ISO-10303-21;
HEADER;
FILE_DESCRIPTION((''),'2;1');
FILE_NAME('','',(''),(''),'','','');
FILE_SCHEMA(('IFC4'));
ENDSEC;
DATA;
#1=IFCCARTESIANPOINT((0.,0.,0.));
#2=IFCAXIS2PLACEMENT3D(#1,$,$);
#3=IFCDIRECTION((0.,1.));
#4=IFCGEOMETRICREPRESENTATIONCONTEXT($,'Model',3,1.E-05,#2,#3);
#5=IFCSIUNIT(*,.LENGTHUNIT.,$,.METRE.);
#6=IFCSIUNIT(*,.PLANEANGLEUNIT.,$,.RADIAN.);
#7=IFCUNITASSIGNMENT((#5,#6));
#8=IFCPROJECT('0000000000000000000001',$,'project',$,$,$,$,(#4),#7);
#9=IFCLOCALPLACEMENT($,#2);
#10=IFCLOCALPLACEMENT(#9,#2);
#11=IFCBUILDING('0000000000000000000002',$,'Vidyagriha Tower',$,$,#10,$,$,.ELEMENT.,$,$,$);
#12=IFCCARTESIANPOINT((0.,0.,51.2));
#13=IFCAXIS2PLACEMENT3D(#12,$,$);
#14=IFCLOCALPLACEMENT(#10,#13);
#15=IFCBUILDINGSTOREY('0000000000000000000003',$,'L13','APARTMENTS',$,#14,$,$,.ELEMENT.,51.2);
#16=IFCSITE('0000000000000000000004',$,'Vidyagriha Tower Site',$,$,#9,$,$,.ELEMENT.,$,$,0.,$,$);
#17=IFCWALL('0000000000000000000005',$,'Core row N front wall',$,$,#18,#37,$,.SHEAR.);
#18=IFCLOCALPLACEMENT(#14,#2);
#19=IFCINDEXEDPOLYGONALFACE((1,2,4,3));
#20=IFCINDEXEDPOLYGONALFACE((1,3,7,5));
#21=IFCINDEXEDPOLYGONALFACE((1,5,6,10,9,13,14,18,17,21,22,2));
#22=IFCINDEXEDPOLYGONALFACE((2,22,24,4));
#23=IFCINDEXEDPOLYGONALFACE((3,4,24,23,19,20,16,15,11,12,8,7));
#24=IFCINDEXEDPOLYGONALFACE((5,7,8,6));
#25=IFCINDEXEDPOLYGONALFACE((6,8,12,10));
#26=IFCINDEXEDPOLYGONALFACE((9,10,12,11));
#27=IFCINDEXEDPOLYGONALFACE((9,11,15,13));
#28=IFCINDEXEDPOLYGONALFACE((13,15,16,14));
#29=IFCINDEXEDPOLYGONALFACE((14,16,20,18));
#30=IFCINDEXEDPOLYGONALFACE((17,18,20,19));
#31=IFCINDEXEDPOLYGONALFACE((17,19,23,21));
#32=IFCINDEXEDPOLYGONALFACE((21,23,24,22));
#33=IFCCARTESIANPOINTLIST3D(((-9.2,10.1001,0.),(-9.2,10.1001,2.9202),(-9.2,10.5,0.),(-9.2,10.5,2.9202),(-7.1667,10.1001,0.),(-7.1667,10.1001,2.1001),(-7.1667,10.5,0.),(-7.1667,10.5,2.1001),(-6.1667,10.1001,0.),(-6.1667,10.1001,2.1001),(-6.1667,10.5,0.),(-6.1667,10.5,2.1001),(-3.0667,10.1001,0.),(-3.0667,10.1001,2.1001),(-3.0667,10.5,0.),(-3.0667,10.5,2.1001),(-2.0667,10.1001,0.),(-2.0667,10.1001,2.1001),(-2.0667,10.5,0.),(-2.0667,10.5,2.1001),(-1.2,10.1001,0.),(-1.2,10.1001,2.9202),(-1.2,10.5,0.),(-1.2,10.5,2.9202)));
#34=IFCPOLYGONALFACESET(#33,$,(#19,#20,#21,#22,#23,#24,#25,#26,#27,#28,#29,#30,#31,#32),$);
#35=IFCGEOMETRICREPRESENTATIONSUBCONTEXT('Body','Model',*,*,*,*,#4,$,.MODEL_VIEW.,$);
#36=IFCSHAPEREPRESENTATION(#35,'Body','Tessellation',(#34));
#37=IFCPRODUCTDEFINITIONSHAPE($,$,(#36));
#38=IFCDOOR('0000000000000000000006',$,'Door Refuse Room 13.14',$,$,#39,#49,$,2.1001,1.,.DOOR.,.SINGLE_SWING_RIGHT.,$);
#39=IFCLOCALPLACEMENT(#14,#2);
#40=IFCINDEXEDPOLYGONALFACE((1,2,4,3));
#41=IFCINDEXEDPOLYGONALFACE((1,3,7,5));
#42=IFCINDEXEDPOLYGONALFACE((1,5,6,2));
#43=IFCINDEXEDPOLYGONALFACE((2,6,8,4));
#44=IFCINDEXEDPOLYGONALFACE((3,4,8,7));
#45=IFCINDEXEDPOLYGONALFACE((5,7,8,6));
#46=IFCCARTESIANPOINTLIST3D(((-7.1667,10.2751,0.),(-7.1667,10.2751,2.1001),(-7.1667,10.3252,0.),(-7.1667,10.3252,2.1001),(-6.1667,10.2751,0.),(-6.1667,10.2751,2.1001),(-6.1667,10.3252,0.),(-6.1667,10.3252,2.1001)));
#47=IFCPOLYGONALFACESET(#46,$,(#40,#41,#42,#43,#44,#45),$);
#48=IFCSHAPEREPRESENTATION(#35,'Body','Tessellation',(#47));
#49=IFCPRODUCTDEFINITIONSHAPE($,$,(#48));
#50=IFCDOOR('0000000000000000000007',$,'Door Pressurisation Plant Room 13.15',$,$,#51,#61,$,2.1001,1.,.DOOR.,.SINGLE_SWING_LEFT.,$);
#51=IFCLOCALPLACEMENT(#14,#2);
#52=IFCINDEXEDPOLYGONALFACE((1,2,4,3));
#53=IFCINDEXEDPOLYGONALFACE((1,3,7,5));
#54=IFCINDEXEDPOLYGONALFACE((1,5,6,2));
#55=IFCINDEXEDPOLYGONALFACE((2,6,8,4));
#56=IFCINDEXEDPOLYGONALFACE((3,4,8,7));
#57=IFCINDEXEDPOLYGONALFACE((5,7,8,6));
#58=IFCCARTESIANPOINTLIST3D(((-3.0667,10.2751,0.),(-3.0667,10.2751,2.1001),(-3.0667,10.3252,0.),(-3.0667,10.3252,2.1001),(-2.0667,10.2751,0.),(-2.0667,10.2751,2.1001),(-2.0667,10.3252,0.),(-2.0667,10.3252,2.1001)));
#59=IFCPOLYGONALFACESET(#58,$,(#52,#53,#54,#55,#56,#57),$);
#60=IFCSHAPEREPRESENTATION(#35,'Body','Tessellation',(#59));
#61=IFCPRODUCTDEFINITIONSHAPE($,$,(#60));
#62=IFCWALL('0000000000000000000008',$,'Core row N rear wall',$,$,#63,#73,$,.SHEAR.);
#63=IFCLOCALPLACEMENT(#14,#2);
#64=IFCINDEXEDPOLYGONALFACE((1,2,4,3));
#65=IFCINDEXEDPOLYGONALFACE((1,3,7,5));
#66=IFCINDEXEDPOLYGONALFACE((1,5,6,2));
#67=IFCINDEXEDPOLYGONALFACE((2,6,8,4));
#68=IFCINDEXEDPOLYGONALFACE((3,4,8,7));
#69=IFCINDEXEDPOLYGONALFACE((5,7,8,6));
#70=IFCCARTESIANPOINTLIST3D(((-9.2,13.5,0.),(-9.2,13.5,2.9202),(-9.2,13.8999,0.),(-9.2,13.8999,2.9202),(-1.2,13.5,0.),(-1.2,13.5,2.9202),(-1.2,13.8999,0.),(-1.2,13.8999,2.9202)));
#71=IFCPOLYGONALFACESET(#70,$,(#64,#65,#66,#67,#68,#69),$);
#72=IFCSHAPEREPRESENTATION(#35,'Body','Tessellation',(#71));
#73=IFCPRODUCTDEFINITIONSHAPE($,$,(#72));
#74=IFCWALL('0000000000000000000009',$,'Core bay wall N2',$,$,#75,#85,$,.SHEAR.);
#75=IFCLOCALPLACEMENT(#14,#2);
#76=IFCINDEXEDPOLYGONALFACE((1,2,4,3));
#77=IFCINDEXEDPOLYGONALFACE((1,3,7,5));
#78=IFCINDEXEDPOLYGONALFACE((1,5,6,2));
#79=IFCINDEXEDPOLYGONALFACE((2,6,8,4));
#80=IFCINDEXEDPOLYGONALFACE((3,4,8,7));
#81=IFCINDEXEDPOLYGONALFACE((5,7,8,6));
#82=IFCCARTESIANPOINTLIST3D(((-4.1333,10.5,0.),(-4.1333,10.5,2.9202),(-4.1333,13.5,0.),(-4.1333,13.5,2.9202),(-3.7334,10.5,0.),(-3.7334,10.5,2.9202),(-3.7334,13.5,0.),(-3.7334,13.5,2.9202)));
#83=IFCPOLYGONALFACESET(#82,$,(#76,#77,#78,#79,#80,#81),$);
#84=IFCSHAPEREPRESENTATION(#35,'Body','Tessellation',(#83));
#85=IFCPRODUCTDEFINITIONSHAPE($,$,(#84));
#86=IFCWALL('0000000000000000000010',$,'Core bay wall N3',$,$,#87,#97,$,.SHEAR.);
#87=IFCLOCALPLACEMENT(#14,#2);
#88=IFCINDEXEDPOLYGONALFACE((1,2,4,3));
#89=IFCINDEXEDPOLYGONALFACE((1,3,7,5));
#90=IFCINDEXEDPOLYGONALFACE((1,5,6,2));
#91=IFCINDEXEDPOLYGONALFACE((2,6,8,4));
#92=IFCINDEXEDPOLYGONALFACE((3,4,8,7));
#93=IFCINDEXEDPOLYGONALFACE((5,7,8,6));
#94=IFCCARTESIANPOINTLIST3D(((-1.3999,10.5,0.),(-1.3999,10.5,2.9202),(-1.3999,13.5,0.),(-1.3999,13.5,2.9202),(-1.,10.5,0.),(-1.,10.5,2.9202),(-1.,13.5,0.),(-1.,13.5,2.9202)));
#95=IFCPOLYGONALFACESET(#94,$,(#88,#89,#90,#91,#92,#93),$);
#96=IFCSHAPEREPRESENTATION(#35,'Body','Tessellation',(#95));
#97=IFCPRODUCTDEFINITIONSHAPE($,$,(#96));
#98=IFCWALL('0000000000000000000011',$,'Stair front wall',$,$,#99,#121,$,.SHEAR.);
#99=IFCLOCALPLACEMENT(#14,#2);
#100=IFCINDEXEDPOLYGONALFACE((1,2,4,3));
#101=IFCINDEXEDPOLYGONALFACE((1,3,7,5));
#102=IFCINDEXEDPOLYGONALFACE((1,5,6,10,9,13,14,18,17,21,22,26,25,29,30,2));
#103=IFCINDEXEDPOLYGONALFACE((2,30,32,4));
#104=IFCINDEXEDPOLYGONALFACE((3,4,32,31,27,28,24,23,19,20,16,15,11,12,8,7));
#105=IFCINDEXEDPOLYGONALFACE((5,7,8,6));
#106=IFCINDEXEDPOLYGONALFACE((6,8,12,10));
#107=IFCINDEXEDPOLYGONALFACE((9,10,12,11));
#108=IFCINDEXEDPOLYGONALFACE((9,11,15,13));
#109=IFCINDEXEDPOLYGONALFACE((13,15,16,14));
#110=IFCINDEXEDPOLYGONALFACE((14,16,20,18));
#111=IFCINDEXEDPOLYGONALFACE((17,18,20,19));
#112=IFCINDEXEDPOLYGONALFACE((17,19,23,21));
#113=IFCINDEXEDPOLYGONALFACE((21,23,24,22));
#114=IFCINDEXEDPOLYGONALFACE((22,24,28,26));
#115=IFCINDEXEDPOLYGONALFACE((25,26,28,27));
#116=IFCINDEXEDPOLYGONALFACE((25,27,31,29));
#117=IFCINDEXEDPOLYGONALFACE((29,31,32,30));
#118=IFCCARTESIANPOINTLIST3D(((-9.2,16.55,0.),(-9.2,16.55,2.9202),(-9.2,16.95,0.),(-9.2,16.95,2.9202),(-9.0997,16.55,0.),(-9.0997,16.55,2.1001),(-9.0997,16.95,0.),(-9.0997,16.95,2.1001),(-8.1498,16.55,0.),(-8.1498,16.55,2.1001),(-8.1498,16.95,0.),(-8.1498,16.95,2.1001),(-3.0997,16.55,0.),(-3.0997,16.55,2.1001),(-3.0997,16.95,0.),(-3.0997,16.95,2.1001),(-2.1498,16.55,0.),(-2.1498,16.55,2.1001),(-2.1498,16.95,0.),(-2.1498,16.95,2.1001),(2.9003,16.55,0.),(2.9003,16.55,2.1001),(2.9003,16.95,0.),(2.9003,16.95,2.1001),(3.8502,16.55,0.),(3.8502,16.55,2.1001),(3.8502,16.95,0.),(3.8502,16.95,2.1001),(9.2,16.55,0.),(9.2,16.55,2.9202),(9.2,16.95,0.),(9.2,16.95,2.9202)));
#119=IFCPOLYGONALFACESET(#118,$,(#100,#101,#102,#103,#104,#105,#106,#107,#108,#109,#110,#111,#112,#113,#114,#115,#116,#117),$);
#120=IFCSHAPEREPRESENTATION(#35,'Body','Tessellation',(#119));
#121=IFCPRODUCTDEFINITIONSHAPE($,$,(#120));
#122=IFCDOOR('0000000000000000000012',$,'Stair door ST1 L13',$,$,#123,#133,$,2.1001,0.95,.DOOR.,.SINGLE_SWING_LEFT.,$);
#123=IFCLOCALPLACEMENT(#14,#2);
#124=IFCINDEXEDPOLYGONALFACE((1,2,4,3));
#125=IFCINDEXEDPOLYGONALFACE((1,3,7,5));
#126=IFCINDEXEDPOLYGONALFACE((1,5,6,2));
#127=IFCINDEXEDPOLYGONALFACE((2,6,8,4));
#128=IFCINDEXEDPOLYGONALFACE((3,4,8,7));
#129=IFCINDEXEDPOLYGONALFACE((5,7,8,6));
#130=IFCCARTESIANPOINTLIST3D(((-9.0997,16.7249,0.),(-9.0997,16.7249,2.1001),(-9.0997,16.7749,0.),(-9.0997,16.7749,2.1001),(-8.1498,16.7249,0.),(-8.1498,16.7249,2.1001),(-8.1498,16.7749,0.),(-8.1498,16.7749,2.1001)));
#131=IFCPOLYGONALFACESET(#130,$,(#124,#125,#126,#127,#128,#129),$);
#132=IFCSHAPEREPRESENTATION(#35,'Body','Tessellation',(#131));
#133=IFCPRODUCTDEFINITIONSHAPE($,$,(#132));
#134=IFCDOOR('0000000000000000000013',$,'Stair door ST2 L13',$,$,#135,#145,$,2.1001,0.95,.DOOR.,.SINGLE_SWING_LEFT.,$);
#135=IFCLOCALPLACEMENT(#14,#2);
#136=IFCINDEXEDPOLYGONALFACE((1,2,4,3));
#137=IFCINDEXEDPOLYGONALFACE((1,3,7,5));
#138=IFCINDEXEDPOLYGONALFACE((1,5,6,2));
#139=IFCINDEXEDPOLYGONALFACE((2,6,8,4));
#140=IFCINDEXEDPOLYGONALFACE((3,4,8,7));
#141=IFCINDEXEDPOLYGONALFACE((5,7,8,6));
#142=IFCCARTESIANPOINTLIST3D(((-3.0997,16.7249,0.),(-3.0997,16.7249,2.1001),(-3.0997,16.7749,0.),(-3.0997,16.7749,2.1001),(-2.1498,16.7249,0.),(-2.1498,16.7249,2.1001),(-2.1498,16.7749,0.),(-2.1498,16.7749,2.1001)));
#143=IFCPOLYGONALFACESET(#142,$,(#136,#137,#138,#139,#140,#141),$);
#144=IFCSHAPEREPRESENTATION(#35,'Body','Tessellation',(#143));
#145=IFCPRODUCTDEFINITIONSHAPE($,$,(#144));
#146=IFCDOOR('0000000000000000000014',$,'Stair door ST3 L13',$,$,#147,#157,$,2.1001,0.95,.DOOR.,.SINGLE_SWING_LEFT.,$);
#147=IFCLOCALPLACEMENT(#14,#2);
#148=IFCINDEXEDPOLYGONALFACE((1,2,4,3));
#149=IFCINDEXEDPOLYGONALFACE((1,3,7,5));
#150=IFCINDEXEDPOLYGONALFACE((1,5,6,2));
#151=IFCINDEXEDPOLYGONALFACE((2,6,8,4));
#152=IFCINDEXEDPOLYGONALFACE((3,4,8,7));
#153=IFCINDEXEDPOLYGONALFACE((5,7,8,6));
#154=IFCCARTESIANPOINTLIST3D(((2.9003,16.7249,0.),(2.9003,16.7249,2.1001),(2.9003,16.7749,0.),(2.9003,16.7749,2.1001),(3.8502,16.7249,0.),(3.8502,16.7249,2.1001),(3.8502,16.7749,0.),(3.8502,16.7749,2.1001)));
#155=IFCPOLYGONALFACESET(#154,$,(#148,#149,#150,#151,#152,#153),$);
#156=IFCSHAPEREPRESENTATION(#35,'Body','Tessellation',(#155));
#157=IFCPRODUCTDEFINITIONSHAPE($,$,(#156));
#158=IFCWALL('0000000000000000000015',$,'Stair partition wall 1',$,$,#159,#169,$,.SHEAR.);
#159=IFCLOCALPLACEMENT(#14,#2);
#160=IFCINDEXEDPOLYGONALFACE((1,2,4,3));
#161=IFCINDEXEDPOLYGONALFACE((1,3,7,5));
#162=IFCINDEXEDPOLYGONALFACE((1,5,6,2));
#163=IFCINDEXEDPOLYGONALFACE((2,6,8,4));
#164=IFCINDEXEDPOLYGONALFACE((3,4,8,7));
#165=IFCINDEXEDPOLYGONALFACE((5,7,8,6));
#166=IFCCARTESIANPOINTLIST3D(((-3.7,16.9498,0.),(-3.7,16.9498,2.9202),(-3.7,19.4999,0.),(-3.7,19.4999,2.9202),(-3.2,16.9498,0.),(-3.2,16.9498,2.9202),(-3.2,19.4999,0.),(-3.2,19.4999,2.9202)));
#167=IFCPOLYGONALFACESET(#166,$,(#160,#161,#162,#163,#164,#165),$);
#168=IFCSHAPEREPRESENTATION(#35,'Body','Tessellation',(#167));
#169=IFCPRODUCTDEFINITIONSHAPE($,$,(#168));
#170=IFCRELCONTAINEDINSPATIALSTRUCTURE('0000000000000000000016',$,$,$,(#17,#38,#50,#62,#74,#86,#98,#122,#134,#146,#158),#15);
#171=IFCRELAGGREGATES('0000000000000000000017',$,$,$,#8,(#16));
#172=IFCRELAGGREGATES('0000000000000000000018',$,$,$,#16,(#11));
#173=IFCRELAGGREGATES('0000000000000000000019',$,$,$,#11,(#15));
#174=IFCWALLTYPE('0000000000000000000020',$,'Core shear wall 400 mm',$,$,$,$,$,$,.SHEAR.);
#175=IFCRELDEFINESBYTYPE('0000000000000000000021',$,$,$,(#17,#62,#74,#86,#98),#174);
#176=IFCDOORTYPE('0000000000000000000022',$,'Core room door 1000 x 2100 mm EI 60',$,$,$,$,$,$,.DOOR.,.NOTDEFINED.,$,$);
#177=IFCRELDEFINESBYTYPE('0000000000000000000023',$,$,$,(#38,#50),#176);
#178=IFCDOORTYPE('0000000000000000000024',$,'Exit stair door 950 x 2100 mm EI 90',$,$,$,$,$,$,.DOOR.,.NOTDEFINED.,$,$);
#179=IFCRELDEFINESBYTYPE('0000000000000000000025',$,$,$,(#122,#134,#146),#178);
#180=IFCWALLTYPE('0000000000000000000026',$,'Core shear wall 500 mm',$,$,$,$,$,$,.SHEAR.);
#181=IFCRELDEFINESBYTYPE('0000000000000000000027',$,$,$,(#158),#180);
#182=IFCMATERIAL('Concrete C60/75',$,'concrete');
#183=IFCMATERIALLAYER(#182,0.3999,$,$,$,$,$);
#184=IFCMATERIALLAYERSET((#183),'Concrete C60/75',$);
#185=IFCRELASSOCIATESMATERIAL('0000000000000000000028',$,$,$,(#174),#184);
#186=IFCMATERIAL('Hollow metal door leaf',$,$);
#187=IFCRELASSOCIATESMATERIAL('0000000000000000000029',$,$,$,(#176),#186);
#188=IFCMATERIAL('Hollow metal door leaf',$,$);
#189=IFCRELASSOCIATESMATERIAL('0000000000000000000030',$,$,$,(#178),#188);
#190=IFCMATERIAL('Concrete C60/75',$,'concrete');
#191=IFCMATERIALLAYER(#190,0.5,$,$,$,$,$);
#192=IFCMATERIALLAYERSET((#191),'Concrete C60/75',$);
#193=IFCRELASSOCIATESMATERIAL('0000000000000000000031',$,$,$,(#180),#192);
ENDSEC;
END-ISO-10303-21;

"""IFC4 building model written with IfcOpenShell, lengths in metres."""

from ifc_helpers import new_model, si_unit, direction, frame, frame_2d, origin, place, context, subcontext, project, spatial, rectangle, extrude, material, layer, layer_set, type_object, element, fill, save


model = new_model("IFC4")

# Units and contexts
model_context = context("Model", 3, precision=1e-05, world=origin(), true_north=direction((0.0, 1.0)))
body_context = subcontext(model_context, "Body", "Model", "MODEL_VIEW")
ifc_project = project(units=[si_unit("LENGTHUNIT", "METRE"), si_unit("PLANEANGLEUNIT", "RADIAN")], contexts=[model_context])

# Site, building, storey
site_placement = place(None, origin())
site = spatial("IfcSite", under=ifc_project, at=site_placement, Name="Vidyagriha Tower Site", CompositionType="ELEMENT", RefElevation=0.0)
building_placement = place(site_placement, origin())
building = spatial("IfcBuilding", under=site, at=building_placement, Name="Vidyagriha Tower", CompositionType="ELEMENT")
storey_placement = place(building_placement, frame((0.0, 0.0, 51.2)))
storey = spatial("IfcBuildingStorey", under=building, at=storey_placement, Name="L13", Description="APARTMENTS", CompositionType="ELEMENT", Elevation=51.2)

# Shared definitions
ifc_material_1 = material(Name="Concrete C60/75", Category="concrete")
ifc_layer_1 = layer(ifc_material_1, 0.3999)
ifc_layer_set_1 = layer_set([ifc_layer_1], Name="Concrete C60/75")
wall_type_1 = type_object("IfcWallType", Name="Core shear wall 400 mm", PredefinedType="SHEAR", material=ifc_layer_set_1)
ifc_material_2 = material(Name="Hollow metal door leaf")
door_type_1 = type_object("IfcDoorType", Name="Core room door 1000 x 2100 mm EI 60", OperationType="NOTDEFINED", PredefinedType="DOOR", material=ifc_material_2)

# Wall, openings, doors
wall_1_placement = place(storey_placement, frame((-9.2, 10.3, 0.0)))
wall_1 = element("IfcWall", 1, at=wall_1_placement, inside=storey, type_object=wall_type_1, Name="Core row N front wall", PredefinedType="SHEAR", context=body_context, shape_type="SweptSolid", body=[
    extrude(rectangle(XDim=8.0, YDim=0.3999, at=frame_2d((4.0, 0.0))), origin(), (0.0, 0.0, 1.0), 2.9202),
])
opening_1_placement = place(wall_1_placement, frame((2.0332, 0.0, 0.0)))
opening_1 = element("IfcOpeningElement", 2, at=opening_1_placement, cuts=wall_1, PredefinedType="OPENING", context=body_context, shape_type="SweptSolid", body=[
    extrude(rectangle(XDim=1.0, YDim=2.1001, at=frame_2d((0.5, 1.05))), frame((0.0, 0.21, 0.0), z_axis=(0.0, -1.0, 0.0), x_axis=(1.0, 0.0, 0.0)), (0.0, 0.0, 1.0), 0.4199),
])
opening_2_placement = place(wall_1_placement, frame((6.1333, 0.0, 0.0)))
opening_2 = element("IfcOpeningElement", 3, at=opening_2_placement, cuts=wall_1, PredefinedType="OPENING", context=body_context, shape_type="SweptSolid", body=[
    extrude(rectangle(XDim=1.0, YDim=2.1001, at=frame_2d((0.5, 1.05))), frame((0.0, 0.21, 0.0), z_axis=(0.0, -1.0, 0.0), x_axis=(1.0, 0.0, 0.0)), (0.0, 0.0, 1.0), 0.4199),
])
door_1_placement = place(opening_1_placement, frame((1.0, 0.0, 0.0), z_axis=(0.0, 0.0, 1.0), x_axis=(-1.0, 0.0, 0.0)))
door_1 = element("IfcDoor", 4, at=door_1_placement, inside=storey, type_object=door_type_1, Name="Door Refuse Room 13.14", OperationType="SINGLE_SWING_RIGHT", OverallHeight=2.1001, OverallWidth=1.0, PredefinedType="DOOR", context=body_context, shape_type="SweptSolid", body=[
    extrude(rectangle(XDim=1.0, YDim=2.1001, at=frame_2d((0.5, 1.05))), frame((0.0, 0.0249, 0.0), z_axis=(0.0, -1.0, 0.0), x_axis=(1.0, 0.0, 0.0)), (0.0, 0.0, 1.0), 0.05),
])
fill(opening_1, door_1)
door_2_placement = place(opening_2_placement, frame((1.0, 0.0, 0.0), z_axis=(0.0, 0.0, 1.0), x_axis=(-1.0, 0.0, 0.0)))
door_2 = element("IfcDoor", 5, at=door_2_placement, inside=storey, type_object=door_type_1, Name="Door Pressurisation Plant Room 13.15", OperationType="SINGLE_SWING_LEFT", OverallHeight=2.1001, OverallWidth=1.0, PredefinedType="DOOR", context=body_context, shape_type="SweptSolid", body=[
    extrude(rectangle(XDim=1.0, YDim=2.1001, at=frame_2d((0.5, 1.05))), frame((0.0, 0.0249, 0.0), z_axis=(0.0, -1.0, 0.0), x_axis=(1.0, 0.0, 0.0)), (0.0, 0.0, 1.0), 0.05),
])
fill(opening_2, door_2)

# Walls
wall_2_placement = place(storey_placement, frame((-9.2, 13.7, 0.0)))
element("IfcWall", 6, at=wall_2_placement, inside=storey, type_object=wall_type_1, Name="Core row N rear wall", PredefinedType="SHEAR", context=body_context, shape_type="SweptSolid", body=[
    extrude(rectangle(XDim=8.0, YDim=0.3999, at=frame_2d((4.0, 0.0))), origin(), (0.0, 0.0, 1.0), 2.9202),
])
for number, where, z_axis, x_axis, name in (
    (7, (-3.9333, 10.5, 0.0), (0.0, 0.0, 1.0), (0.0, 1.0, 0.0), "Core bay wall N2"),
    (8, (-1.2, 10.5, 0.0), (0.0, 0.0, 1.0), (0.0, 1.0, 0.0), "Core bay wall N3"),
):
    element("IfcWall", number, at=place(storey_placement, frame(where, z_axis=z_axis, x_axis=x_axis)), inside=storey, type_object=wall_type_1, Name=name, PredefinedType="SHEAR", context=body_context, shape_type="SweptSolid", body=[
        extrude(rectangle(XDim=3.0, YDim=0.3999, at=frame_2d((1.5, 0.0))), origin(), (0.0, 0.0, 1.0), 2.9202),
    ])

# Wall, openings, doors
wall_3_placement = place(storey_placement, frame((-9.2, 16.75, 0.0)))
wall_3 = element("IfcWall", 9, at=wall_3_placement, inside=storey, type_object=wall_type_1, Name="Stair front wall", PredefinedType="SHEAR", context=body_context, shape_type="SweptSolid", body=[
    extrude(rectangle(XDim=18.3999, YDim=0.3999, at=frame_2d((9.2, 0.0))), origin(), (0.0, 0.0, 1.0), 2.9202),
])
opening_3_placement = place(wall_3_placement, frame((0.1001, 0.0, 0.0)))
opening_3 = element("IfcOpeningElement", 10, at=opening_3_placement, cuts=wall_3, PredefinedType="OPENING", context=body_context, shape_type="SweptSolid", body=[
    extrude(rectangle(XDim=0.95, YDim=2.1001, at=frame_2d((0.4751, 1.05))), frame((0.0, 0.21, 0.0), z_axis=(0.0, -1.0, 0.0), x_axis=(1.0, 0.0, 0.0)), (0.0, 0.0, 1.0), 0.4199),
])
opening_4_placement = place(wall_3_placement, frame((6.1001, 0.0, 0.0)))
opening_4 = element("IfcOpeningElement", 11, at=opening_4_placement, cuts=wall_3, PredefinedType="OPENING", context=body_context, shape_type="SweptSolid", body=[
    extrude(rectangle(XDim=0.95, YDim=2.1001, at=frame_2d((0.4751, 1.05))), frame((0.0, 0.21, 0.0), z_axis=(0.0, -1.0, 0.0), x_axis=(1.0, 0.0, 0.0)), (0.0, 0.0, 1.0), 0.4199),
])
opening_5_placement = place(wall_3_placement, frame((12.1001, 0.0, 0.0)))
opening_5 = element("IfcOpeningElement", 12, at=opening_5_placement, cuts=wall_3, PredefinedType="OPENING", context=body_context, shape_type="SweptSolid", body=[
    extrude(rectangle(XDim=0.95, YDim=2.1001, at=frame_2d((0.4751, 1.05))), frame((0.0, 0.21, 0.0), z_axis=(0.0, -1.0, 0.0), x_axis=(1.0, 0.0, 0.0)), (0.0, 0.0, 1.0), 0.4199),
])
ifc_material_3 = material(Name="Hollow metal door leaf")
door_type_2 = type_object("IfcDoorType", Name="Exit stair door 950 x 2100 mm EI 90", OperationType="NOTDEFINED", PredefinedType="DOOR", material=ifc_material_3)
door_3_placement = place(opening_3_placement, origin())
door_3 = element("IfcDoor", 13, at=door_3_placement, inside=storey, type_object=door_type_2, Name="Stair door ST1 L13", OperationType="SINGLE_SWING_LEFT", OverallHeight=2.1001, OverallWidth=0.95, PredefinedType="DOOR", context=body_context, shape_type="SweptSolid", body=[
    extrude(rectangle(XDim=0.95, YDim=2.1001, at=frame_2d((0.4751, 1.05))), frame((0.0, 0.0249, 0.0), z_axis=(0.0, -1.0, 0.0), x_axis=(1.0, 0.0, 0.0)), (0.0, 0.0, 1.0), 0.05),
])
fill(opening_3, door_3)
door_4_placement = place(opening_4_placement, origin())
door_4 = element("IfcDoor", 14, at=door_4_placement, inside=storey, type_object=door_type_2, Name="Stair door ST2 L13", OperationType="SINGLE_SWING_LEFT", OverallHeight=2.1001, OverallWidth=0.95, PredefinedType="DOOR", context=body_context, shape_type="SweptSolid", body=[
    extrude(rectangle(XDim=0.95, YDim=2.1001, at=frame_2d((0.4751, 1.05))), frame((0.0, 0.0249, 0.0), z_axis=(0.0, -1.0, 0.0), x_axis=(1.0, 0.0, 0.0)), (0.0, 0.0, 1.0), 0.05),
])
fill(opening_4, door_4)
door_5_placement = place(opening_5_placement, origin())
door_5 = element("IfcDoor", 15, at=door_5_placement, inside=storey, type_object=door_type_2, Name="Stair door ST3 L13", OperationType="SINGLE_SWING_LEFT", OverallHeight=2.1001, OverallWidth=0.95, PredefinedType="DOOR", context=body_context, shape_type="SweptSolid", body=[
    extrude(rectangle(XDim=0.95, YDim=2.1001, at=frame_2d((0.4751, 1.05))), frame((0.0, 0.0249, 0.0), z_axis=(0.0, -1.0, 0.0), x_axis=(1.0, 0.0, 0.0)), (0.0, 0.0, 1.0), 0.05),
])
fill(opening_5, door_5)

# Wall
ifc_material_4 = material(Name="Concrete C60/75", Category="concrete")
ifc_layer_2 = layer(ifc_material_4, 0.5)
ifc_layer_set_2 = layer_set([ifc_layer_2], Name="Concrete C60/75")
wall_type_2 = type_object("IfcWallType", Name="Core shear wall 500 mm", PredefinedType="SHEAR", material=ifc_layer_set_2)
wall_4_placement = place(storey_placement, frame((-3.45, 16.95, 0.0), z_axis=(0.0, 0.0, 1.0), x_axis=(0.0, 1.0, 0.0)))
element("IfcWall", 16, at=wall_4_placement, inside=storey, type_object=wall_type_2, Name="Stair partition wall 1", PredefinedType="SHEAR", context=body_context, shape_type="SweptSolid", body=[
    extrude(rectangle(XDim=2.55, YDim=0.5, at=frame_2d((1.2749, 0.0))), origin(), (0.0, 0.0, 1.0), 2.9202),
])

save(model, "model.ifc")
